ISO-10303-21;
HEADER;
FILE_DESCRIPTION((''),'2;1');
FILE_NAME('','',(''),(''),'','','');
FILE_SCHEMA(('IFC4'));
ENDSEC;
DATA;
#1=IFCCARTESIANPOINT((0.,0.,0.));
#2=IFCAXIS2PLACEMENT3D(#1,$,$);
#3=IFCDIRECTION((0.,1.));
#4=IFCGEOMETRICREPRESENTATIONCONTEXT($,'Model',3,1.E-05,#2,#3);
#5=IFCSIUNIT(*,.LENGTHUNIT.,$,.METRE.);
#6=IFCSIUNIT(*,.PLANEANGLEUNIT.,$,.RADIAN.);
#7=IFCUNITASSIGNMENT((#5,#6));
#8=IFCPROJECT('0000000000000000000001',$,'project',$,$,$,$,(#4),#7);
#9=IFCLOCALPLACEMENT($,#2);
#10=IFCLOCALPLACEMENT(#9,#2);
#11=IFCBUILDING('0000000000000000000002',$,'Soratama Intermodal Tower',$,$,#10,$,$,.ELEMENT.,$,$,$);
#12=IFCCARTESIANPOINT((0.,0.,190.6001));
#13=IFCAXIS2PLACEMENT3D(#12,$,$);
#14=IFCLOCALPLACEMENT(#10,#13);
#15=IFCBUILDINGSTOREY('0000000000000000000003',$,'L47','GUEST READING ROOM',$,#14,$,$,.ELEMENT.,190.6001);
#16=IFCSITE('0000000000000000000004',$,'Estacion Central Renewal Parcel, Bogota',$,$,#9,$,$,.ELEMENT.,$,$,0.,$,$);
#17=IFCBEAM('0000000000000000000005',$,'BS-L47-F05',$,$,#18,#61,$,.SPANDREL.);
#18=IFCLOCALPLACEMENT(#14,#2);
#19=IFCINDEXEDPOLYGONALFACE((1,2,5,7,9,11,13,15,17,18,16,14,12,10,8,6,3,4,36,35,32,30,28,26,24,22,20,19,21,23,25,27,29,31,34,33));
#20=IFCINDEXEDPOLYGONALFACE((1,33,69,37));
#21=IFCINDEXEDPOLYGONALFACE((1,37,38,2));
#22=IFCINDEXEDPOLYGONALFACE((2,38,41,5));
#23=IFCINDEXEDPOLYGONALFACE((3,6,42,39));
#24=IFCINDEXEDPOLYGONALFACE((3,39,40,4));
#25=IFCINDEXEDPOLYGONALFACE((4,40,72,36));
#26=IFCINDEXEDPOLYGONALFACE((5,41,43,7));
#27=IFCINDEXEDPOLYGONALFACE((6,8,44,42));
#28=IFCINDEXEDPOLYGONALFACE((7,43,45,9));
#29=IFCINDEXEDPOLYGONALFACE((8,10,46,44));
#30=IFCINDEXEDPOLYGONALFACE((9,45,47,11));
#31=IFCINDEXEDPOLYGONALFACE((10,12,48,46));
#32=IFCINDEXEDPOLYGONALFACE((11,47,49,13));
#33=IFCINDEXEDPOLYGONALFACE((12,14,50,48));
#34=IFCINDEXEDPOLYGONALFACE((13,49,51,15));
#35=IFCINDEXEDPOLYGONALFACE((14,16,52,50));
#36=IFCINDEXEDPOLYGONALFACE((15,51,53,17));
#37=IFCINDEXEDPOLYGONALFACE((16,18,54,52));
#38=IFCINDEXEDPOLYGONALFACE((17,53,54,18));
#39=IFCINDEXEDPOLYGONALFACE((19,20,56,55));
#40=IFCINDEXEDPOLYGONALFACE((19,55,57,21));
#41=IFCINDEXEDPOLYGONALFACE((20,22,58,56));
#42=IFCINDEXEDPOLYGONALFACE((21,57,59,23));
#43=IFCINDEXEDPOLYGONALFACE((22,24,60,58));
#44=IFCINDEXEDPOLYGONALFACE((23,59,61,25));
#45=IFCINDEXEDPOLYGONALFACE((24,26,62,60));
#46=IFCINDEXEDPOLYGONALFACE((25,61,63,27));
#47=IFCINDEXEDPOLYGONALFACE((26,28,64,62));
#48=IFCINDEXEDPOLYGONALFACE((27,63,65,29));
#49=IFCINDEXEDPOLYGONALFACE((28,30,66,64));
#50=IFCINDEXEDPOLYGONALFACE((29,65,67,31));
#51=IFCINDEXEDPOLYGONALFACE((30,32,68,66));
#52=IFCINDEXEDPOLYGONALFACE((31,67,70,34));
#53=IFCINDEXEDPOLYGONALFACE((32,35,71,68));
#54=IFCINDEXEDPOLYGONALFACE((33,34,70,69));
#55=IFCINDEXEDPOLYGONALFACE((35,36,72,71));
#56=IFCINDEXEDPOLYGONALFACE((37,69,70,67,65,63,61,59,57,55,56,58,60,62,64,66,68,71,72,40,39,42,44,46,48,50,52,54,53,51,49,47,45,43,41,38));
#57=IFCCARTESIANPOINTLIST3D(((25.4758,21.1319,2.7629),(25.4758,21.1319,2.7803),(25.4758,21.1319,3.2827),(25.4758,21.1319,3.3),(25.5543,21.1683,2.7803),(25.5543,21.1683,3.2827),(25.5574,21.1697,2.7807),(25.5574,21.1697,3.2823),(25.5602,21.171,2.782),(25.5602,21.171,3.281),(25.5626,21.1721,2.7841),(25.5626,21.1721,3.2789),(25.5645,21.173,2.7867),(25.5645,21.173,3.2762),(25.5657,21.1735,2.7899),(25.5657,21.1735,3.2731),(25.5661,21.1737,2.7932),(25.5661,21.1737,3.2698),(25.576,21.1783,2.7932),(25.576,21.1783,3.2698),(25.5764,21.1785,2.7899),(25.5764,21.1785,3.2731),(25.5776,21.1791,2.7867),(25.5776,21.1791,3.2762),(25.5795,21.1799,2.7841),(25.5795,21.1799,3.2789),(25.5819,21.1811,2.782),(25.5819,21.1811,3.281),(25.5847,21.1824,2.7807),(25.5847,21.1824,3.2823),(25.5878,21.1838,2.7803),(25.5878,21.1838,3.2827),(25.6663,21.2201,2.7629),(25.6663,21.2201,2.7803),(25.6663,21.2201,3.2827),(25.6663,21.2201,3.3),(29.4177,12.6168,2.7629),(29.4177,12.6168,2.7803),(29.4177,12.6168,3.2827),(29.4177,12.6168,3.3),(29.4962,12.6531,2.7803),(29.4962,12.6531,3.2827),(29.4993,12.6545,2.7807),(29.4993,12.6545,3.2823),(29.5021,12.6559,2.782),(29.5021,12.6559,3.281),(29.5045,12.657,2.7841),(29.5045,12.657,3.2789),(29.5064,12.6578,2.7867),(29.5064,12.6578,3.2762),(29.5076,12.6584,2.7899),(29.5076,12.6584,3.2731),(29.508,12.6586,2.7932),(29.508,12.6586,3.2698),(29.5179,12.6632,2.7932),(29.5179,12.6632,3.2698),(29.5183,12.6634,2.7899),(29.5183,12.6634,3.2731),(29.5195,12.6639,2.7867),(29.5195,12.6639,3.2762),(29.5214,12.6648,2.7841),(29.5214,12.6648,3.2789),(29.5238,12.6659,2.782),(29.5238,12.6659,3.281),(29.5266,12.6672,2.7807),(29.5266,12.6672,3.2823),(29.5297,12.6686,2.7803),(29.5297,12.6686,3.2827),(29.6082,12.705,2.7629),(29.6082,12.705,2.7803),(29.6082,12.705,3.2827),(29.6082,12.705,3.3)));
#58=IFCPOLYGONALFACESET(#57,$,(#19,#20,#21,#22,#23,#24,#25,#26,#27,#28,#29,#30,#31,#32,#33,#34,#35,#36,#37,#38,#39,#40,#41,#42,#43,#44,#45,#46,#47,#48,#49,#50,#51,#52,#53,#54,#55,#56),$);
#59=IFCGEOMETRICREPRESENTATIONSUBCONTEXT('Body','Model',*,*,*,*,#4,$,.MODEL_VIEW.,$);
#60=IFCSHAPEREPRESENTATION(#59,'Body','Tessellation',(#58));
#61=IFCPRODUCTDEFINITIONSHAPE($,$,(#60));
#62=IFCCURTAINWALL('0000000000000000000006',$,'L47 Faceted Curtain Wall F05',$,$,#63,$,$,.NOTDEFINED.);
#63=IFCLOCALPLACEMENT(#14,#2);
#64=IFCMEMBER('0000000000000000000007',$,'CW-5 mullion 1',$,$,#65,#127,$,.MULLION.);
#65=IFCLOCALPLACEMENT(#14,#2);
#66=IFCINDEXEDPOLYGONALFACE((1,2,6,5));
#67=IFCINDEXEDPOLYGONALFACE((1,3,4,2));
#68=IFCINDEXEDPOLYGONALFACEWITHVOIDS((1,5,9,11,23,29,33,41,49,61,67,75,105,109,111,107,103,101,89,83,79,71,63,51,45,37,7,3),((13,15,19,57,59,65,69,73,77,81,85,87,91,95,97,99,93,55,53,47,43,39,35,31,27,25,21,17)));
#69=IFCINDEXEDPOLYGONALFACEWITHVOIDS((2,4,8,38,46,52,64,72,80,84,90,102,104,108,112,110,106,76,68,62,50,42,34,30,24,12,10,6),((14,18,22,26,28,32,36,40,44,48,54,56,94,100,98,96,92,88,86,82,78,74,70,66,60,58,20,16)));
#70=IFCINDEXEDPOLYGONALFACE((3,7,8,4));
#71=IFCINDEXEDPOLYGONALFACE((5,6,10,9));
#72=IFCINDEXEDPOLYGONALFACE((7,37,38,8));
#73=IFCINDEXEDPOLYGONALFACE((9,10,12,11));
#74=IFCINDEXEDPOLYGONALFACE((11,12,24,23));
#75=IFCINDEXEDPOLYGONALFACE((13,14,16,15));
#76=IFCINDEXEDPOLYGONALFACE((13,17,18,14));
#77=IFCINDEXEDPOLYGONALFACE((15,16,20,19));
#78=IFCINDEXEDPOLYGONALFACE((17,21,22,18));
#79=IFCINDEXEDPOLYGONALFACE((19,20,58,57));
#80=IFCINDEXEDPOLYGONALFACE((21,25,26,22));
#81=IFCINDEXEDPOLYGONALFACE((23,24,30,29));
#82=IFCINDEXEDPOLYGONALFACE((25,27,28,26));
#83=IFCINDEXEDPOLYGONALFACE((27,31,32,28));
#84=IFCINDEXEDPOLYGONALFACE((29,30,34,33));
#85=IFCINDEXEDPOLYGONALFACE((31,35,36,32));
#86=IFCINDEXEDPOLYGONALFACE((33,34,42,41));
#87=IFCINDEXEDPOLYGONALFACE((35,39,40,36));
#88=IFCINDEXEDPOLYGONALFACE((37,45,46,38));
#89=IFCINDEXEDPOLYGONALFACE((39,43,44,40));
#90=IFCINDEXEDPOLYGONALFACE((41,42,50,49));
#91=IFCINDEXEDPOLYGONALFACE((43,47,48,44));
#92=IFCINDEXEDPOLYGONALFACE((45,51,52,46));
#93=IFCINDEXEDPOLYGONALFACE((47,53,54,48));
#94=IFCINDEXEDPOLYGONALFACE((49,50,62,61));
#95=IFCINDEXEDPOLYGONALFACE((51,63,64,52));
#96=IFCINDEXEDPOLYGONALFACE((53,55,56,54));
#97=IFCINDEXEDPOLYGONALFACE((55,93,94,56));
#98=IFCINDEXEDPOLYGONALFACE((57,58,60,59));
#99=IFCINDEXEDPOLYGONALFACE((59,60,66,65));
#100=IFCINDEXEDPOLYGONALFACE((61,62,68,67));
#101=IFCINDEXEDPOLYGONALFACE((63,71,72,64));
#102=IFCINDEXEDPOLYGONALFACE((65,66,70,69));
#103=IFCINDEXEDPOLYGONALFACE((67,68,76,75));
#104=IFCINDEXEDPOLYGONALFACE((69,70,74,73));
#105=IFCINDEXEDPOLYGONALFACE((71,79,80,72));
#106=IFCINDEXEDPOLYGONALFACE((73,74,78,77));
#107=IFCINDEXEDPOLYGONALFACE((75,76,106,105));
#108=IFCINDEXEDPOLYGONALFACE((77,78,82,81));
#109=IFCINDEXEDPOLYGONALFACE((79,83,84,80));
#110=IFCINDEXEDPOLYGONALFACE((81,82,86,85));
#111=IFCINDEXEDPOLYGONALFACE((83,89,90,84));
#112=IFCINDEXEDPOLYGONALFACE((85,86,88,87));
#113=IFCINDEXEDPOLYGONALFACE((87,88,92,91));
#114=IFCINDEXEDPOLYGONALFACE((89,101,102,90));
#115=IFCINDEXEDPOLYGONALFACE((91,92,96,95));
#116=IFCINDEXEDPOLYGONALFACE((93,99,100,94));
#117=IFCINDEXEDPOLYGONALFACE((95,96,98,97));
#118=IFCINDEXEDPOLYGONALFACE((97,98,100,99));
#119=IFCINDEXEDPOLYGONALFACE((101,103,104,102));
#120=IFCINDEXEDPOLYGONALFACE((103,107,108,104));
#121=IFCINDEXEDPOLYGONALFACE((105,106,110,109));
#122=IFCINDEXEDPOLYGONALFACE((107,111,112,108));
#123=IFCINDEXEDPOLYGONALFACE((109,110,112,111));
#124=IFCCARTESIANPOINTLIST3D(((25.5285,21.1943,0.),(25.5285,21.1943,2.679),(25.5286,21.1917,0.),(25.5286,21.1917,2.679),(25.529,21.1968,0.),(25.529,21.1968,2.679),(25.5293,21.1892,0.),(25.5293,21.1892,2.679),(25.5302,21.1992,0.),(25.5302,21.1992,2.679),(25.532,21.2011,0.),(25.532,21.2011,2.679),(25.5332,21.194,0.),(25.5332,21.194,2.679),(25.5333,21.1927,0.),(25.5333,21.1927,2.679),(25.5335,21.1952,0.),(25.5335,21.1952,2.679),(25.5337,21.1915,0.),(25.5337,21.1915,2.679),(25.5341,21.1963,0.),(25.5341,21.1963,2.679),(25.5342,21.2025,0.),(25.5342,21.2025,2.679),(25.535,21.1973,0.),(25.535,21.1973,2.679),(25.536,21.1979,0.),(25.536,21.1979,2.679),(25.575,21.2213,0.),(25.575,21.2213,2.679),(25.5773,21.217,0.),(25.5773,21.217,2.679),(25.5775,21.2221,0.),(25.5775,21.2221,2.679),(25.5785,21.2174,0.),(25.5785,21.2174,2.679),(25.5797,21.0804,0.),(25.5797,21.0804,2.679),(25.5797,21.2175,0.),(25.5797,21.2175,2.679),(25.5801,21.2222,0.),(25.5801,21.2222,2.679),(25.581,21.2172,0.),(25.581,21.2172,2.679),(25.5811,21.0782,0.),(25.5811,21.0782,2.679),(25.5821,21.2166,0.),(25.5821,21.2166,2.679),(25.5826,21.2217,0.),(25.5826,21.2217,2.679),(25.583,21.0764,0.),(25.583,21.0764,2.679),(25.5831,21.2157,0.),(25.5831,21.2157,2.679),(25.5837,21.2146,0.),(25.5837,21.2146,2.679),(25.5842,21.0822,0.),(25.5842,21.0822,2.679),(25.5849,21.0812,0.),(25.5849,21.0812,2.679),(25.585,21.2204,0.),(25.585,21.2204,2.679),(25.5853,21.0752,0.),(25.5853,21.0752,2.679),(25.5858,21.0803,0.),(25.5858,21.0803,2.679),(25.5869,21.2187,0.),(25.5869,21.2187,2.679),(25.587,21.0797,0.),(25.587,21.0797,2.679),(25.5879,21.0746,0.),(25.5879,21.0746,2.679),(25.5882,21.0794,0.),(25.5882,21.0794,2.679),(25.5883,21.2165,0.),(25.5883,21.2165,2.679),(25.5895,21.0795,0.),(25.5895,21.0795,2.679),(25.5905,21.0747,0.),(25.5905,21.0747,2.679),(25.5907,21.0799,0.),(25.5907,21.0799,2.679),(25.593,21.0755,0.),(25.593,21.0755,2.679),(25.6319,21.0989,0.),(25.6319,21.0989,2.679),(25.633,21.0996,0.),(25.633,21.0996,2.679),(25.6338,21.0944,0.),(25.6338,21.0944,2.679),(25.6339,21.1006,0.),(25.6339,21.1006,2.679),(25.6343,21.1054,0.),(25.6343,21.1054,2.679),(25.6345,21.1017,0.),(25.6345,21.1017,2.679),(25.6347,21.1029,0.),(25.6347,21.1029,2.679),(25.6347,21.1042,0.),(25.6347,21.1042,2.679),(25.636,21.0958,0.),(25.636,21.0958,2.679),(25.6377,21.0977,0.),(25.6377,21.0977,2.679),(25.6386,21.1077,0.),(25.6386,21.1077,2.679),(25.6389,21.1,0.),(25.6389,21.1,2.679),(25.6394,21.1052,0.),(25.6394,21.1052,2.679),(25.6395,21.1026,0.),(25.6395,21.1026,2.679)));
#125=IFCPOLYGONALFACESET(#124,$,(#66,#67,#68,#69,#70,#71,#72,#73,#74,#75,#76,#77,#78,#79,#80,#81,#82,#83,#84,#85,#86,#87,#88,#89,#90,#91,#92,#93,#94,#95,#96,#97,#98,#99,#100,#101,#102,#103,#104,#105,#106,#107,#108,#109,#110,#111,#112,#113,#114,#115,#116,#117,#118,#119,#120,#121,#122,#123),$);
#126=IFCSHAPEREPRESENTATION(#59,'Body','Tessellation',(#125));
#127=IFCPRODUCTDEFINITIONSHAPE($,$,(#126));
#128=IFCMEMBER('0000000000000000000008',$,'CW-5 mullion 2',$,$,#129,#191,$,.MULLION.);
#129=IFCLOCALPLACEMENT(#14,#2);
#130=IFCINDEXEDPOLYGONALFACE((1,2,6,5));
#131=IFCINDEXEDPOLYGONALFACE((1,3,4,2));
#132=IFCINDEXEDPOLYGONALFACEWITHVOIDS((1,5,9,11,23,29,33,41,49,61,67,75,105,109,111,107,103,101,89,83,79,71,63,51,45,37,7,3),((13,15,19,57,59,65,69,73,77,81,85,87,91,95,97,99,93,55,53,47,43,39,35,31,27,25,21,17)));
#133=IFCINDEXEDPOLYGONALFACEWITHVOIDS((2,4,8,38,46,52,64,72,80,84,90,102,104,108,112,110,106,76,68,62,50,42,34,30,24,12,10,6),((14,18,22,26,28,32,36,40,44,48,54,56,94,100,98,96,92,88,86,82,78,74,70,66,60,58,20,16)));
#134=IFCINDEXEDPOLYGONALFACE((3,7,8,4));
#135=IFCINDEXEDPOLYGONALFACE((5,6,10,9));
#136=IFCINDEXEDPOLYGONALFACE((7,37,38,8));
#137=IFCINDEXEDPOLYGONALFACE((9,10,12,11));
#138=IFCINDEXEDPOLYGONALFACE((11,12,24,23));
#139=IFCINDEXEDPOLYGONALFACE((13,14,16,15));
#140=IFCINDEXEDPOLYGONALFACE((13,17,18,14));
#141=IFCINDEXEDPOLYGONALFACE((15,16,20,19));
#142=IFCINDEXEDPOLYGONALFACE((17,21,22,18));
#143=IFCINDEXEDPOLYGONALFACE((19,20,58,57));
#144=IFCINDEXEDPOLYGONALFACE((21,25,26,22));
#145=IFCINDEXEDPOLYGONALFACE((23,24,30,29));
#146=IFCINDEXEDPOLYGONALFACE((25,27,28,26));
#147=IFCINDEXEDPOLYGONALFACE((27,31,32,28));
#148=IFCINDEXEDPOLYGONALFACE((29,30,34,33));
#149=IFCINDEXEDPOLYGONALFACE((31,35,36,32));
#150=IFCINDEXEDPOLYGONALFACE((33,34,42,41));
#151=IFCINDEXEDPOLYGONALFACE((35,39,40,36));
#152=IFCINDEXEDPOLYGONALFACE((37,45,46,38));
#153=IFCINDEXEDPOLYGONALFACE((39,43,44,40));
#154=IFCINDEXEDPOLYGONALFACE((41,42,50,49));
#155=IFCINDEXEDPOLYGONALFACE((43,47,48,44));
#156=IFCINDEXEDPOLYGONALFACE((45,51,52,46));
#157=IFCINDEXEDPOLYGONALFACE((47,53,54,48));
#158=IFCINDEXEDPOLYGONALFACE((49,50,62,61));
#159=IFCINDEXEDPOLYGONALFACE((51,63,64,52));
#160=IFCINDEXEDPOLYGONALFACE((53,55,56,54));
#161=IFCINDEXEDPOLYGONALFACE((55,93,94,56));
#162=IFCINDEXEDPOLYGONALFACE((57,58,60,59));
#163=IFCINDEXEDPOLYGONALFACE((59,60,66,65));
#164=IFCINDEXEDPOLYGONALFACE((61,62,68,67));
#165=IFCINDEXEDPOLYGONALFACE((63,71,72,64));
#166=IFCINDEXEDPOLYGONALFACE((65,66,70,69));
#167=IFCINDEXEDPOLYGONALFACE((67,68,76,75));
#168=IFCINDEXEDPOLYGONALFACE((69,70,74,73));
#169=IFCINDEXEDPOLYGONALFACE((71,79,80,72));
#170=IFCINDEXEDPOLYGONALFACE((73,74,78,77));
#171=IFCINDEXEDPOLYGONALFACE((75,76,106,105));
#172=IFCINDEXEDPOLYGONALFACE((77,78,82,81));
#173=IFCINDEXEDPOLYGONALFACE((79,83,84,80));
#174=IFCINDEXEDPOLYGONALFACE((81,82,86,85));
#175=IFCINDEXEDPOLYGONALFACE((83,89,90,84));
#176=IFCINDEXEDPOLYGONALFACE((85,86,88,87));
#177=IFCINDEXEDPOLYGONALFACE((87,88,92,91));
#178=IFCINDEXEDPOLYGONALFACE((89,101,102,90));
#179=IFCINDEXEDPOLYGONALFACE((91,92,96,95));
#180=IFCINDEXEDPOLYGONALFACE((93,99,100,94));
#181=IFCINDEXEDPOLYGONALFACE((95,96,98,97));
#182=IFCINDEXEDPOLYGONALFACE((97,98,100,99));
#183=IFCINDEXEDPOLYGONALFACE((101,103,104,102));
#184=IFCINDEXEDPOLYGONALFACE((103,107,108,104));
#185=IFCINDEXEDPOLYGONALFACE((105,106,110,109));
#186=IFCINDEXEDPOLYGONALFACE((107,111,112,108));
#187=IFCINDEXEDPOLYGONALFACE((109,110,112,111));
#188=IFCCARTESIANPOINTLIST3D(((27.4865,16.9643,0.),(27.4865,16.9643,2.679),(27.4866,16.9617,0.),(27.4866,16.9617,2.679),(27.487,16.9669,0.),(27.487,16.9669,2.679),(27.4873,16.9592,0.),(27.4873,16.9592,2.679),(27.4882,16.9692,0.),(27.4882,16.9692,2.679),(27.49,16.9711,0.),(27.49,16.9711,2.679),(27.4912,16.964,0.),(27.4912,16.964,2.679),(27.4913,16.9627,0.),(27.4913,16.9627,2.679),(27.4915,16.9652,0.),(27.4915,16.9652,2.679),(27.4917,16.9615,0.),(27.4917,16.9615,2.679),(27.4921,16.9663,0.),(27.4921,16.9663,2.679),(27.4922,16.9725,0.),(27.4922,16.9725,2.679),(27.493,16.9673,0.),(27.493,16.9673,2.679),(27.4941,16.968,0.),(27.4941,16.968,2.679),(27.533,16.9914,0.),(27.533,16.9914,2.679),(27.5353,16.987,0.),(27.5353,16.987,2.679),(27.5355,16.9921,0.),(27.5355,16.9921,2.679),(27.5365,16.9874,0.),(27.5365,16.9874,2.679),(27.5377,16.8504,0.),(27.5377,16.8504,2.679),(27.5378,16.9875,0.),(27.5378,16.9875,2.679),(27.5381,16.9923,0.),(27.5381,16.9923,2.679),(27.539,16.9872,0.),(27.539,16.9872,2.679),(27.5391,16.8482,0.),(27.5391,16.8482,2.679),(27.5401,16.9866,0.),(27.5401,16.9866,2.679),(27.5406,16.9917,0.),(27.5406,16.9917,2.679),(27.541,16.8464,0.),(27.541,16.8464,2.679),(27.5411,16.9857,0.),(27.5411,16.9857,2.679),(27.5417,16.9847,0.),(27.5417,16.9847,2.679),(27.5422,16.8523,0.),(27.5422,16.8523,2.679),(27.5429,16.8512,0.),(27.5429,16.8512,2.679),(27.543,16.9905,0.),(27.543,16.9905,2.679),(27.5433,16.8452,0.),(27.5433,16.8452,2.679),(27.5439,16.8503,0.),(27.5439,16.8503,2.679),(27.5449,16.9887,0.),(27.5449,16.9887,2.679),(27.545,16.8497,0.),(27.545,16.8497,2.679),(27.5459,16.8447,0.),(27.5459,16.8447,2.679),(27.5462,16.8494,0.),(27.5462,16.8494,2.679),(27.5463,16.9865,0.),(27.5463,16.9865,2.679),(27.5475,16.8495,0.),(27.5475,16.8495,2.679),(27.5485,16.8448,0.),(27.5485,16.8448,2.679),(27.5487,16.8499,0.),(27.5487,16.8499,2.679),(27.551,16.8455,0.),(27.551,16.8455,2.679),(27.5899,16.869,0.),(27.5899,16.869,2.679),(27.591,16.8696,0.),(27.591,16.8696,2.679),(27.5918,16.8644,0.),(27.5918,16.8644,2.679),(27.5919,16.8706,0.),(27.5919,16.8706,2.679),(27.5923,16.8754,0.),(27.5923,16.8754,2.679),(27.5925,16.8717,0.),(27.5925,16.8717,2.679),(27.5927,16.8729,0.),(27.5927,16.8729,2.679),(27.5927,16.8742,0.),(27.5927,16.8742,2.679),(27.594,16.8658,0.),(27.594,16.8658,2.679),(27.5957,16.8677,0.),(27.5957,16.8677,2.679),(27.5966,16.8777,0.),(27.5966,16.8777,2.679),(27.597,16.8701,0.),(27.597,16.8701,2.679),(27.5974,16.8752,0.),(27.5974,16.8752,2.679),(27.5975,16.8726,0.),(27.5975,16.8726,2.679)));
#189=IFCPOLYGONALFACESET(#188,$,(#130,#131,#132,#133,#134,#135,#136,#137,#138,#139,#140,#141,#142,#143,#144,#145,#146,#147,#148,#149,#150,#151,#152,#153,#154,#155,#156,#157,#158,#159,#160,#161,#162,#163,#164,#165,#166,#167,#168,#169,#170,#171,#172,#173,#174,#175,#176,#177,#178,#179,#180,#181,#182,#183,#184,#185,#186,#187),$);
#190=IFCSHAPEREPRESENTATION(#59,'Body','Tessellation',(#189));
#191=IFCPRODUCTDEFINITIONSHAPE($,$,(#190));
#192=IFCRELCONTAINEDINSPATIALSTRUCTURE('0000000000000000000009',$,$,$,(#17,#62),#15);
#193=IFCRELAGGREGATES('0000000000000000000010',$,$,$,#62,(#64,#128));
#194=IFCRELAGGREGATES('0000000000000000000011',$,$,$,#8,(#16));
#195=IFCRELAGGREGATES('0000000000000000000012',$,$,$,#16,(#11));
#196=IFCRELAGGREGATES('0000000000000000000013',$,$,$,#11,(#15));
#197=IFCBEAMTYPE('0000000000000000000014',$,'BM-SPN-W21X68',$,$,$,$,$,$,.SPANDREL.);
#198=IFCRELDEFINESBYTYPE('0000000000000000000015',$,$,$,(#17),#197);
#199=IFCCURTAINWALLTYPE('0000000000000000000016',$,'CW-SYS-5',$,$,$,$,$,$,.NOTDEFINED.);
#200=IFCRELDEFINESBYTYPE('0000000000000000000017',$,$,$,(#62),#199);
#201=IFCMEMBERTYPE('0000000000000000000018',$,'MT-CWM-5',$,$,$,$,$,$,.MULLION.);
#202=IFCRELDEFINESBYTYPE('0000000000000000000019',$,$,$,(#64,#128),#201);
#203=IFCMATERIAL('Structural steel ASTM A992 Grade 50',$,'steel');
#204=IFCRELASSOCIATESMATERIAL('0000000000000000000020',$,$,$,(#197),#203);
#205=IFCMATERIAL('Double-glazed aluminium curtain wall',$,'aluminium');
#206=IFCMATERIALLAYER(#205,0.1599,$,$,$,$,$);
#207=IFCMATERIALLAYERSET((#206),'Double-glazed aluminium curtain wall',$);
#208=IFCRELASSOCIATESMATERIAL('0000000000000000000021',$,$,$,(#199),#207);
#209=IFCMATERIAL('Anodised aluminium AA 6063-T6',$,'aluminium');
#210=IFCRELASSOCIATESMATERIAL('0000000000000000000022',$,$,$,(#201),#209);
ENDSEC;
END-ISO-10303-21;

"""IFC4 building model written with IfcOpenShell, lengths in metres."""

from ifc_helpers import new_model, si_unit, direction, frame, origin, origin_2d, place, context, subcontext, project, spatial, hollow_rectangle, i_section, extrude, material, layer, layer_set, material_profile, profile_set, type_object, element, aggregate, save


model = new_model("IFC4")

# Units and contexts
model_context = context("Model", 3, precision=1e-05, world=origin(), true_north=direction((0.0, 1.0)))
body_context = subcontext(model_context, "Body", "Model", "MODEL_VIEW")
ifc_project = project(units=[si_unit("LENGTHUNIT", "METRE"), si_unit("PLANEANGLEUNIT", "RADIAN")], contexts=[model_context])

# Site, building, storey
site_placement = place(None, origin())
site = spatial("IfcSite", under=ifc_project, at=site_placement, Name="Estacion Central Renewal Parcel, Bogota", CompositionType="ELEMENT", RefElevation=0.0)
building_placement = place(site_placement, origin())
building = spatial("IfcBuilding", under=site, at=building_placement, Name="Soratama Intermodal Tower", CompositionType="ELEMENT")
storey_placement = place(building_placement, frame((0.0, 0.0, 190.6001)))
storey = spatial("IfcBuildingStorey", under=building, at=storey_placement, Name="L47", Description="GUEST READING ROOM", CompositionType="ELEMENT", Elevation=190.6001)

# Beam
ifc_material_1 = material(Name="Structural steel ASTM A992 Grade 50", Category="steel")
ifc_material_profile_1 = material_profile(ifc_material_1, i_section(OverallWidth=0.21, OverallDepth=0.5371, WebThickness=0.011, FlangeThickness=0.0173, FilletRadius=0.0129, at=origin_2d()), Name="W21X68")
ifc_profile_set_1 = profile_set([ifc_material_profile_1], Name="Structural steel ASTM A992 Grade 50")
beam_type = type_object("IfcBeamType", Name="BM-SPN-W21X68", PredefinedType="SPANDREL", material=ifc_profile_set_1)
beam_placement = place(storey_placement, frame((25.571, 21.176, 3.0315), z_axis=(0.420097, -0.907479, 0.0), x_axis=(0.907479, 0.420097, 0.0)))
element("IfcBeam", 1, at=beam_placement, inside=storey, type_object=beam_type, Name="BS-L47-F05", PredefinedType="SPANDREL", context=body_context, shape_type="SweptSolid", body=[
    extrude(i_section(OverallWidth=0.21, OverallDepth=0.5371, WebThickness=0.011, FlangeThickness=0.0173, FilletRadius=0.0129, at=origin_2d()), origin(), (0.0, 0.0, 1.0), 9.3833),
])

# Curtain wall, members
ifc_material_2 = material(Name="Double-glazed aluminium curtain wall", Category="aluminium")
ifc_layer_1 = layer(ifc_material_2, 0.1599)
ifc_layer_set_1 = layer_set([ifc_layer_1], Name="Double-glazed aluminium curtain wall")
curtain_wall_type = type_object("IfcCurtainWallType", Name="CW-SYS-5", PredefinedType="NOTDEFINED", material=ifc_layer_set_1)
curtain_wall_placement = place(storey_placement, origin())
curtain_wall = element("IfcCurtainWall", 2, at=curtain_wall_placement, inside=storey, type_object=curtain_wall_type, Name="L47 Faceted Curtain Wall F05", PredefinedType="NOTDEFINED")
ifc_material_3 = material(Name="Anodised aluminium AA 6063-T6", Category="aluminium")
ifc_material_profile_2 = material_profile(ifc_material_3, hollow_rectangle(XDim=0.0649, YDim=0.1399, WallThickness=0.0049, InnerFilletRadius=0.0049, OuterFilletRadius=0.01, at=origin_2d()), Name="CWM140X65X5")
ifc_profile_set_2 = profile_set([ifc_material_profile_2], Name="Anodised aluminium AA 6063-T6")
member_type_1 = type_object("IfcMemberType", Name="MT-CWM-5", PredefinedType="MULLION", material=ifc_profile_set_2)
member_1_placement = place(storey_placement, frame((25.584, 21.1484, 0.0), z_axis=(0.0, 0.0, 1.0), x_axis=(0.907482, 0.420092, 0.0)))
member_1 = element("IfcMember", 3, at=member_1_placement, type_object=member_type_1, Name="CW-5 mullion 1", PredefinedType="MULLION", context=body_context, shape_type="SweptSolid", body=[
    extrude(hollow_rectangle(XDim=0.0649, YDim=0.1399, WallThickness=0.0049, InnerFilletRadius=0.0049, OuterFilletRadius=0.01, at=origin_2d()), origin(), (0.0, 0.0, 1.0), 2.679),
])
member_2_placement = place(storey_placement, frame((27.542, 16.9185, 0.0), z_axis=(0.0, 0.0, 1.0), x_axis=(0.907482, 0.420092, 0.0)))
member_2 = element("IfcMember", 4, at=member_2_placement, type_object=member_type_1, Name="CW-5 mullion 2", PredefinedType="MULLION", context=body_context, shape_type="SweptSolid", body=[
    extrude(hollow_rectangle(XDim=0.0649, YDim=0.1399, WallThickness=0.0049, InnerFilletRadius=0.0049, OuterFilletRadius=0.01, at=origin_2d()), origin(), (0.0, 0.0, 1.0), 2.679),
])
aggregate(curtain_wall, [member_1, member_2])

save(model, "model.ifc")
